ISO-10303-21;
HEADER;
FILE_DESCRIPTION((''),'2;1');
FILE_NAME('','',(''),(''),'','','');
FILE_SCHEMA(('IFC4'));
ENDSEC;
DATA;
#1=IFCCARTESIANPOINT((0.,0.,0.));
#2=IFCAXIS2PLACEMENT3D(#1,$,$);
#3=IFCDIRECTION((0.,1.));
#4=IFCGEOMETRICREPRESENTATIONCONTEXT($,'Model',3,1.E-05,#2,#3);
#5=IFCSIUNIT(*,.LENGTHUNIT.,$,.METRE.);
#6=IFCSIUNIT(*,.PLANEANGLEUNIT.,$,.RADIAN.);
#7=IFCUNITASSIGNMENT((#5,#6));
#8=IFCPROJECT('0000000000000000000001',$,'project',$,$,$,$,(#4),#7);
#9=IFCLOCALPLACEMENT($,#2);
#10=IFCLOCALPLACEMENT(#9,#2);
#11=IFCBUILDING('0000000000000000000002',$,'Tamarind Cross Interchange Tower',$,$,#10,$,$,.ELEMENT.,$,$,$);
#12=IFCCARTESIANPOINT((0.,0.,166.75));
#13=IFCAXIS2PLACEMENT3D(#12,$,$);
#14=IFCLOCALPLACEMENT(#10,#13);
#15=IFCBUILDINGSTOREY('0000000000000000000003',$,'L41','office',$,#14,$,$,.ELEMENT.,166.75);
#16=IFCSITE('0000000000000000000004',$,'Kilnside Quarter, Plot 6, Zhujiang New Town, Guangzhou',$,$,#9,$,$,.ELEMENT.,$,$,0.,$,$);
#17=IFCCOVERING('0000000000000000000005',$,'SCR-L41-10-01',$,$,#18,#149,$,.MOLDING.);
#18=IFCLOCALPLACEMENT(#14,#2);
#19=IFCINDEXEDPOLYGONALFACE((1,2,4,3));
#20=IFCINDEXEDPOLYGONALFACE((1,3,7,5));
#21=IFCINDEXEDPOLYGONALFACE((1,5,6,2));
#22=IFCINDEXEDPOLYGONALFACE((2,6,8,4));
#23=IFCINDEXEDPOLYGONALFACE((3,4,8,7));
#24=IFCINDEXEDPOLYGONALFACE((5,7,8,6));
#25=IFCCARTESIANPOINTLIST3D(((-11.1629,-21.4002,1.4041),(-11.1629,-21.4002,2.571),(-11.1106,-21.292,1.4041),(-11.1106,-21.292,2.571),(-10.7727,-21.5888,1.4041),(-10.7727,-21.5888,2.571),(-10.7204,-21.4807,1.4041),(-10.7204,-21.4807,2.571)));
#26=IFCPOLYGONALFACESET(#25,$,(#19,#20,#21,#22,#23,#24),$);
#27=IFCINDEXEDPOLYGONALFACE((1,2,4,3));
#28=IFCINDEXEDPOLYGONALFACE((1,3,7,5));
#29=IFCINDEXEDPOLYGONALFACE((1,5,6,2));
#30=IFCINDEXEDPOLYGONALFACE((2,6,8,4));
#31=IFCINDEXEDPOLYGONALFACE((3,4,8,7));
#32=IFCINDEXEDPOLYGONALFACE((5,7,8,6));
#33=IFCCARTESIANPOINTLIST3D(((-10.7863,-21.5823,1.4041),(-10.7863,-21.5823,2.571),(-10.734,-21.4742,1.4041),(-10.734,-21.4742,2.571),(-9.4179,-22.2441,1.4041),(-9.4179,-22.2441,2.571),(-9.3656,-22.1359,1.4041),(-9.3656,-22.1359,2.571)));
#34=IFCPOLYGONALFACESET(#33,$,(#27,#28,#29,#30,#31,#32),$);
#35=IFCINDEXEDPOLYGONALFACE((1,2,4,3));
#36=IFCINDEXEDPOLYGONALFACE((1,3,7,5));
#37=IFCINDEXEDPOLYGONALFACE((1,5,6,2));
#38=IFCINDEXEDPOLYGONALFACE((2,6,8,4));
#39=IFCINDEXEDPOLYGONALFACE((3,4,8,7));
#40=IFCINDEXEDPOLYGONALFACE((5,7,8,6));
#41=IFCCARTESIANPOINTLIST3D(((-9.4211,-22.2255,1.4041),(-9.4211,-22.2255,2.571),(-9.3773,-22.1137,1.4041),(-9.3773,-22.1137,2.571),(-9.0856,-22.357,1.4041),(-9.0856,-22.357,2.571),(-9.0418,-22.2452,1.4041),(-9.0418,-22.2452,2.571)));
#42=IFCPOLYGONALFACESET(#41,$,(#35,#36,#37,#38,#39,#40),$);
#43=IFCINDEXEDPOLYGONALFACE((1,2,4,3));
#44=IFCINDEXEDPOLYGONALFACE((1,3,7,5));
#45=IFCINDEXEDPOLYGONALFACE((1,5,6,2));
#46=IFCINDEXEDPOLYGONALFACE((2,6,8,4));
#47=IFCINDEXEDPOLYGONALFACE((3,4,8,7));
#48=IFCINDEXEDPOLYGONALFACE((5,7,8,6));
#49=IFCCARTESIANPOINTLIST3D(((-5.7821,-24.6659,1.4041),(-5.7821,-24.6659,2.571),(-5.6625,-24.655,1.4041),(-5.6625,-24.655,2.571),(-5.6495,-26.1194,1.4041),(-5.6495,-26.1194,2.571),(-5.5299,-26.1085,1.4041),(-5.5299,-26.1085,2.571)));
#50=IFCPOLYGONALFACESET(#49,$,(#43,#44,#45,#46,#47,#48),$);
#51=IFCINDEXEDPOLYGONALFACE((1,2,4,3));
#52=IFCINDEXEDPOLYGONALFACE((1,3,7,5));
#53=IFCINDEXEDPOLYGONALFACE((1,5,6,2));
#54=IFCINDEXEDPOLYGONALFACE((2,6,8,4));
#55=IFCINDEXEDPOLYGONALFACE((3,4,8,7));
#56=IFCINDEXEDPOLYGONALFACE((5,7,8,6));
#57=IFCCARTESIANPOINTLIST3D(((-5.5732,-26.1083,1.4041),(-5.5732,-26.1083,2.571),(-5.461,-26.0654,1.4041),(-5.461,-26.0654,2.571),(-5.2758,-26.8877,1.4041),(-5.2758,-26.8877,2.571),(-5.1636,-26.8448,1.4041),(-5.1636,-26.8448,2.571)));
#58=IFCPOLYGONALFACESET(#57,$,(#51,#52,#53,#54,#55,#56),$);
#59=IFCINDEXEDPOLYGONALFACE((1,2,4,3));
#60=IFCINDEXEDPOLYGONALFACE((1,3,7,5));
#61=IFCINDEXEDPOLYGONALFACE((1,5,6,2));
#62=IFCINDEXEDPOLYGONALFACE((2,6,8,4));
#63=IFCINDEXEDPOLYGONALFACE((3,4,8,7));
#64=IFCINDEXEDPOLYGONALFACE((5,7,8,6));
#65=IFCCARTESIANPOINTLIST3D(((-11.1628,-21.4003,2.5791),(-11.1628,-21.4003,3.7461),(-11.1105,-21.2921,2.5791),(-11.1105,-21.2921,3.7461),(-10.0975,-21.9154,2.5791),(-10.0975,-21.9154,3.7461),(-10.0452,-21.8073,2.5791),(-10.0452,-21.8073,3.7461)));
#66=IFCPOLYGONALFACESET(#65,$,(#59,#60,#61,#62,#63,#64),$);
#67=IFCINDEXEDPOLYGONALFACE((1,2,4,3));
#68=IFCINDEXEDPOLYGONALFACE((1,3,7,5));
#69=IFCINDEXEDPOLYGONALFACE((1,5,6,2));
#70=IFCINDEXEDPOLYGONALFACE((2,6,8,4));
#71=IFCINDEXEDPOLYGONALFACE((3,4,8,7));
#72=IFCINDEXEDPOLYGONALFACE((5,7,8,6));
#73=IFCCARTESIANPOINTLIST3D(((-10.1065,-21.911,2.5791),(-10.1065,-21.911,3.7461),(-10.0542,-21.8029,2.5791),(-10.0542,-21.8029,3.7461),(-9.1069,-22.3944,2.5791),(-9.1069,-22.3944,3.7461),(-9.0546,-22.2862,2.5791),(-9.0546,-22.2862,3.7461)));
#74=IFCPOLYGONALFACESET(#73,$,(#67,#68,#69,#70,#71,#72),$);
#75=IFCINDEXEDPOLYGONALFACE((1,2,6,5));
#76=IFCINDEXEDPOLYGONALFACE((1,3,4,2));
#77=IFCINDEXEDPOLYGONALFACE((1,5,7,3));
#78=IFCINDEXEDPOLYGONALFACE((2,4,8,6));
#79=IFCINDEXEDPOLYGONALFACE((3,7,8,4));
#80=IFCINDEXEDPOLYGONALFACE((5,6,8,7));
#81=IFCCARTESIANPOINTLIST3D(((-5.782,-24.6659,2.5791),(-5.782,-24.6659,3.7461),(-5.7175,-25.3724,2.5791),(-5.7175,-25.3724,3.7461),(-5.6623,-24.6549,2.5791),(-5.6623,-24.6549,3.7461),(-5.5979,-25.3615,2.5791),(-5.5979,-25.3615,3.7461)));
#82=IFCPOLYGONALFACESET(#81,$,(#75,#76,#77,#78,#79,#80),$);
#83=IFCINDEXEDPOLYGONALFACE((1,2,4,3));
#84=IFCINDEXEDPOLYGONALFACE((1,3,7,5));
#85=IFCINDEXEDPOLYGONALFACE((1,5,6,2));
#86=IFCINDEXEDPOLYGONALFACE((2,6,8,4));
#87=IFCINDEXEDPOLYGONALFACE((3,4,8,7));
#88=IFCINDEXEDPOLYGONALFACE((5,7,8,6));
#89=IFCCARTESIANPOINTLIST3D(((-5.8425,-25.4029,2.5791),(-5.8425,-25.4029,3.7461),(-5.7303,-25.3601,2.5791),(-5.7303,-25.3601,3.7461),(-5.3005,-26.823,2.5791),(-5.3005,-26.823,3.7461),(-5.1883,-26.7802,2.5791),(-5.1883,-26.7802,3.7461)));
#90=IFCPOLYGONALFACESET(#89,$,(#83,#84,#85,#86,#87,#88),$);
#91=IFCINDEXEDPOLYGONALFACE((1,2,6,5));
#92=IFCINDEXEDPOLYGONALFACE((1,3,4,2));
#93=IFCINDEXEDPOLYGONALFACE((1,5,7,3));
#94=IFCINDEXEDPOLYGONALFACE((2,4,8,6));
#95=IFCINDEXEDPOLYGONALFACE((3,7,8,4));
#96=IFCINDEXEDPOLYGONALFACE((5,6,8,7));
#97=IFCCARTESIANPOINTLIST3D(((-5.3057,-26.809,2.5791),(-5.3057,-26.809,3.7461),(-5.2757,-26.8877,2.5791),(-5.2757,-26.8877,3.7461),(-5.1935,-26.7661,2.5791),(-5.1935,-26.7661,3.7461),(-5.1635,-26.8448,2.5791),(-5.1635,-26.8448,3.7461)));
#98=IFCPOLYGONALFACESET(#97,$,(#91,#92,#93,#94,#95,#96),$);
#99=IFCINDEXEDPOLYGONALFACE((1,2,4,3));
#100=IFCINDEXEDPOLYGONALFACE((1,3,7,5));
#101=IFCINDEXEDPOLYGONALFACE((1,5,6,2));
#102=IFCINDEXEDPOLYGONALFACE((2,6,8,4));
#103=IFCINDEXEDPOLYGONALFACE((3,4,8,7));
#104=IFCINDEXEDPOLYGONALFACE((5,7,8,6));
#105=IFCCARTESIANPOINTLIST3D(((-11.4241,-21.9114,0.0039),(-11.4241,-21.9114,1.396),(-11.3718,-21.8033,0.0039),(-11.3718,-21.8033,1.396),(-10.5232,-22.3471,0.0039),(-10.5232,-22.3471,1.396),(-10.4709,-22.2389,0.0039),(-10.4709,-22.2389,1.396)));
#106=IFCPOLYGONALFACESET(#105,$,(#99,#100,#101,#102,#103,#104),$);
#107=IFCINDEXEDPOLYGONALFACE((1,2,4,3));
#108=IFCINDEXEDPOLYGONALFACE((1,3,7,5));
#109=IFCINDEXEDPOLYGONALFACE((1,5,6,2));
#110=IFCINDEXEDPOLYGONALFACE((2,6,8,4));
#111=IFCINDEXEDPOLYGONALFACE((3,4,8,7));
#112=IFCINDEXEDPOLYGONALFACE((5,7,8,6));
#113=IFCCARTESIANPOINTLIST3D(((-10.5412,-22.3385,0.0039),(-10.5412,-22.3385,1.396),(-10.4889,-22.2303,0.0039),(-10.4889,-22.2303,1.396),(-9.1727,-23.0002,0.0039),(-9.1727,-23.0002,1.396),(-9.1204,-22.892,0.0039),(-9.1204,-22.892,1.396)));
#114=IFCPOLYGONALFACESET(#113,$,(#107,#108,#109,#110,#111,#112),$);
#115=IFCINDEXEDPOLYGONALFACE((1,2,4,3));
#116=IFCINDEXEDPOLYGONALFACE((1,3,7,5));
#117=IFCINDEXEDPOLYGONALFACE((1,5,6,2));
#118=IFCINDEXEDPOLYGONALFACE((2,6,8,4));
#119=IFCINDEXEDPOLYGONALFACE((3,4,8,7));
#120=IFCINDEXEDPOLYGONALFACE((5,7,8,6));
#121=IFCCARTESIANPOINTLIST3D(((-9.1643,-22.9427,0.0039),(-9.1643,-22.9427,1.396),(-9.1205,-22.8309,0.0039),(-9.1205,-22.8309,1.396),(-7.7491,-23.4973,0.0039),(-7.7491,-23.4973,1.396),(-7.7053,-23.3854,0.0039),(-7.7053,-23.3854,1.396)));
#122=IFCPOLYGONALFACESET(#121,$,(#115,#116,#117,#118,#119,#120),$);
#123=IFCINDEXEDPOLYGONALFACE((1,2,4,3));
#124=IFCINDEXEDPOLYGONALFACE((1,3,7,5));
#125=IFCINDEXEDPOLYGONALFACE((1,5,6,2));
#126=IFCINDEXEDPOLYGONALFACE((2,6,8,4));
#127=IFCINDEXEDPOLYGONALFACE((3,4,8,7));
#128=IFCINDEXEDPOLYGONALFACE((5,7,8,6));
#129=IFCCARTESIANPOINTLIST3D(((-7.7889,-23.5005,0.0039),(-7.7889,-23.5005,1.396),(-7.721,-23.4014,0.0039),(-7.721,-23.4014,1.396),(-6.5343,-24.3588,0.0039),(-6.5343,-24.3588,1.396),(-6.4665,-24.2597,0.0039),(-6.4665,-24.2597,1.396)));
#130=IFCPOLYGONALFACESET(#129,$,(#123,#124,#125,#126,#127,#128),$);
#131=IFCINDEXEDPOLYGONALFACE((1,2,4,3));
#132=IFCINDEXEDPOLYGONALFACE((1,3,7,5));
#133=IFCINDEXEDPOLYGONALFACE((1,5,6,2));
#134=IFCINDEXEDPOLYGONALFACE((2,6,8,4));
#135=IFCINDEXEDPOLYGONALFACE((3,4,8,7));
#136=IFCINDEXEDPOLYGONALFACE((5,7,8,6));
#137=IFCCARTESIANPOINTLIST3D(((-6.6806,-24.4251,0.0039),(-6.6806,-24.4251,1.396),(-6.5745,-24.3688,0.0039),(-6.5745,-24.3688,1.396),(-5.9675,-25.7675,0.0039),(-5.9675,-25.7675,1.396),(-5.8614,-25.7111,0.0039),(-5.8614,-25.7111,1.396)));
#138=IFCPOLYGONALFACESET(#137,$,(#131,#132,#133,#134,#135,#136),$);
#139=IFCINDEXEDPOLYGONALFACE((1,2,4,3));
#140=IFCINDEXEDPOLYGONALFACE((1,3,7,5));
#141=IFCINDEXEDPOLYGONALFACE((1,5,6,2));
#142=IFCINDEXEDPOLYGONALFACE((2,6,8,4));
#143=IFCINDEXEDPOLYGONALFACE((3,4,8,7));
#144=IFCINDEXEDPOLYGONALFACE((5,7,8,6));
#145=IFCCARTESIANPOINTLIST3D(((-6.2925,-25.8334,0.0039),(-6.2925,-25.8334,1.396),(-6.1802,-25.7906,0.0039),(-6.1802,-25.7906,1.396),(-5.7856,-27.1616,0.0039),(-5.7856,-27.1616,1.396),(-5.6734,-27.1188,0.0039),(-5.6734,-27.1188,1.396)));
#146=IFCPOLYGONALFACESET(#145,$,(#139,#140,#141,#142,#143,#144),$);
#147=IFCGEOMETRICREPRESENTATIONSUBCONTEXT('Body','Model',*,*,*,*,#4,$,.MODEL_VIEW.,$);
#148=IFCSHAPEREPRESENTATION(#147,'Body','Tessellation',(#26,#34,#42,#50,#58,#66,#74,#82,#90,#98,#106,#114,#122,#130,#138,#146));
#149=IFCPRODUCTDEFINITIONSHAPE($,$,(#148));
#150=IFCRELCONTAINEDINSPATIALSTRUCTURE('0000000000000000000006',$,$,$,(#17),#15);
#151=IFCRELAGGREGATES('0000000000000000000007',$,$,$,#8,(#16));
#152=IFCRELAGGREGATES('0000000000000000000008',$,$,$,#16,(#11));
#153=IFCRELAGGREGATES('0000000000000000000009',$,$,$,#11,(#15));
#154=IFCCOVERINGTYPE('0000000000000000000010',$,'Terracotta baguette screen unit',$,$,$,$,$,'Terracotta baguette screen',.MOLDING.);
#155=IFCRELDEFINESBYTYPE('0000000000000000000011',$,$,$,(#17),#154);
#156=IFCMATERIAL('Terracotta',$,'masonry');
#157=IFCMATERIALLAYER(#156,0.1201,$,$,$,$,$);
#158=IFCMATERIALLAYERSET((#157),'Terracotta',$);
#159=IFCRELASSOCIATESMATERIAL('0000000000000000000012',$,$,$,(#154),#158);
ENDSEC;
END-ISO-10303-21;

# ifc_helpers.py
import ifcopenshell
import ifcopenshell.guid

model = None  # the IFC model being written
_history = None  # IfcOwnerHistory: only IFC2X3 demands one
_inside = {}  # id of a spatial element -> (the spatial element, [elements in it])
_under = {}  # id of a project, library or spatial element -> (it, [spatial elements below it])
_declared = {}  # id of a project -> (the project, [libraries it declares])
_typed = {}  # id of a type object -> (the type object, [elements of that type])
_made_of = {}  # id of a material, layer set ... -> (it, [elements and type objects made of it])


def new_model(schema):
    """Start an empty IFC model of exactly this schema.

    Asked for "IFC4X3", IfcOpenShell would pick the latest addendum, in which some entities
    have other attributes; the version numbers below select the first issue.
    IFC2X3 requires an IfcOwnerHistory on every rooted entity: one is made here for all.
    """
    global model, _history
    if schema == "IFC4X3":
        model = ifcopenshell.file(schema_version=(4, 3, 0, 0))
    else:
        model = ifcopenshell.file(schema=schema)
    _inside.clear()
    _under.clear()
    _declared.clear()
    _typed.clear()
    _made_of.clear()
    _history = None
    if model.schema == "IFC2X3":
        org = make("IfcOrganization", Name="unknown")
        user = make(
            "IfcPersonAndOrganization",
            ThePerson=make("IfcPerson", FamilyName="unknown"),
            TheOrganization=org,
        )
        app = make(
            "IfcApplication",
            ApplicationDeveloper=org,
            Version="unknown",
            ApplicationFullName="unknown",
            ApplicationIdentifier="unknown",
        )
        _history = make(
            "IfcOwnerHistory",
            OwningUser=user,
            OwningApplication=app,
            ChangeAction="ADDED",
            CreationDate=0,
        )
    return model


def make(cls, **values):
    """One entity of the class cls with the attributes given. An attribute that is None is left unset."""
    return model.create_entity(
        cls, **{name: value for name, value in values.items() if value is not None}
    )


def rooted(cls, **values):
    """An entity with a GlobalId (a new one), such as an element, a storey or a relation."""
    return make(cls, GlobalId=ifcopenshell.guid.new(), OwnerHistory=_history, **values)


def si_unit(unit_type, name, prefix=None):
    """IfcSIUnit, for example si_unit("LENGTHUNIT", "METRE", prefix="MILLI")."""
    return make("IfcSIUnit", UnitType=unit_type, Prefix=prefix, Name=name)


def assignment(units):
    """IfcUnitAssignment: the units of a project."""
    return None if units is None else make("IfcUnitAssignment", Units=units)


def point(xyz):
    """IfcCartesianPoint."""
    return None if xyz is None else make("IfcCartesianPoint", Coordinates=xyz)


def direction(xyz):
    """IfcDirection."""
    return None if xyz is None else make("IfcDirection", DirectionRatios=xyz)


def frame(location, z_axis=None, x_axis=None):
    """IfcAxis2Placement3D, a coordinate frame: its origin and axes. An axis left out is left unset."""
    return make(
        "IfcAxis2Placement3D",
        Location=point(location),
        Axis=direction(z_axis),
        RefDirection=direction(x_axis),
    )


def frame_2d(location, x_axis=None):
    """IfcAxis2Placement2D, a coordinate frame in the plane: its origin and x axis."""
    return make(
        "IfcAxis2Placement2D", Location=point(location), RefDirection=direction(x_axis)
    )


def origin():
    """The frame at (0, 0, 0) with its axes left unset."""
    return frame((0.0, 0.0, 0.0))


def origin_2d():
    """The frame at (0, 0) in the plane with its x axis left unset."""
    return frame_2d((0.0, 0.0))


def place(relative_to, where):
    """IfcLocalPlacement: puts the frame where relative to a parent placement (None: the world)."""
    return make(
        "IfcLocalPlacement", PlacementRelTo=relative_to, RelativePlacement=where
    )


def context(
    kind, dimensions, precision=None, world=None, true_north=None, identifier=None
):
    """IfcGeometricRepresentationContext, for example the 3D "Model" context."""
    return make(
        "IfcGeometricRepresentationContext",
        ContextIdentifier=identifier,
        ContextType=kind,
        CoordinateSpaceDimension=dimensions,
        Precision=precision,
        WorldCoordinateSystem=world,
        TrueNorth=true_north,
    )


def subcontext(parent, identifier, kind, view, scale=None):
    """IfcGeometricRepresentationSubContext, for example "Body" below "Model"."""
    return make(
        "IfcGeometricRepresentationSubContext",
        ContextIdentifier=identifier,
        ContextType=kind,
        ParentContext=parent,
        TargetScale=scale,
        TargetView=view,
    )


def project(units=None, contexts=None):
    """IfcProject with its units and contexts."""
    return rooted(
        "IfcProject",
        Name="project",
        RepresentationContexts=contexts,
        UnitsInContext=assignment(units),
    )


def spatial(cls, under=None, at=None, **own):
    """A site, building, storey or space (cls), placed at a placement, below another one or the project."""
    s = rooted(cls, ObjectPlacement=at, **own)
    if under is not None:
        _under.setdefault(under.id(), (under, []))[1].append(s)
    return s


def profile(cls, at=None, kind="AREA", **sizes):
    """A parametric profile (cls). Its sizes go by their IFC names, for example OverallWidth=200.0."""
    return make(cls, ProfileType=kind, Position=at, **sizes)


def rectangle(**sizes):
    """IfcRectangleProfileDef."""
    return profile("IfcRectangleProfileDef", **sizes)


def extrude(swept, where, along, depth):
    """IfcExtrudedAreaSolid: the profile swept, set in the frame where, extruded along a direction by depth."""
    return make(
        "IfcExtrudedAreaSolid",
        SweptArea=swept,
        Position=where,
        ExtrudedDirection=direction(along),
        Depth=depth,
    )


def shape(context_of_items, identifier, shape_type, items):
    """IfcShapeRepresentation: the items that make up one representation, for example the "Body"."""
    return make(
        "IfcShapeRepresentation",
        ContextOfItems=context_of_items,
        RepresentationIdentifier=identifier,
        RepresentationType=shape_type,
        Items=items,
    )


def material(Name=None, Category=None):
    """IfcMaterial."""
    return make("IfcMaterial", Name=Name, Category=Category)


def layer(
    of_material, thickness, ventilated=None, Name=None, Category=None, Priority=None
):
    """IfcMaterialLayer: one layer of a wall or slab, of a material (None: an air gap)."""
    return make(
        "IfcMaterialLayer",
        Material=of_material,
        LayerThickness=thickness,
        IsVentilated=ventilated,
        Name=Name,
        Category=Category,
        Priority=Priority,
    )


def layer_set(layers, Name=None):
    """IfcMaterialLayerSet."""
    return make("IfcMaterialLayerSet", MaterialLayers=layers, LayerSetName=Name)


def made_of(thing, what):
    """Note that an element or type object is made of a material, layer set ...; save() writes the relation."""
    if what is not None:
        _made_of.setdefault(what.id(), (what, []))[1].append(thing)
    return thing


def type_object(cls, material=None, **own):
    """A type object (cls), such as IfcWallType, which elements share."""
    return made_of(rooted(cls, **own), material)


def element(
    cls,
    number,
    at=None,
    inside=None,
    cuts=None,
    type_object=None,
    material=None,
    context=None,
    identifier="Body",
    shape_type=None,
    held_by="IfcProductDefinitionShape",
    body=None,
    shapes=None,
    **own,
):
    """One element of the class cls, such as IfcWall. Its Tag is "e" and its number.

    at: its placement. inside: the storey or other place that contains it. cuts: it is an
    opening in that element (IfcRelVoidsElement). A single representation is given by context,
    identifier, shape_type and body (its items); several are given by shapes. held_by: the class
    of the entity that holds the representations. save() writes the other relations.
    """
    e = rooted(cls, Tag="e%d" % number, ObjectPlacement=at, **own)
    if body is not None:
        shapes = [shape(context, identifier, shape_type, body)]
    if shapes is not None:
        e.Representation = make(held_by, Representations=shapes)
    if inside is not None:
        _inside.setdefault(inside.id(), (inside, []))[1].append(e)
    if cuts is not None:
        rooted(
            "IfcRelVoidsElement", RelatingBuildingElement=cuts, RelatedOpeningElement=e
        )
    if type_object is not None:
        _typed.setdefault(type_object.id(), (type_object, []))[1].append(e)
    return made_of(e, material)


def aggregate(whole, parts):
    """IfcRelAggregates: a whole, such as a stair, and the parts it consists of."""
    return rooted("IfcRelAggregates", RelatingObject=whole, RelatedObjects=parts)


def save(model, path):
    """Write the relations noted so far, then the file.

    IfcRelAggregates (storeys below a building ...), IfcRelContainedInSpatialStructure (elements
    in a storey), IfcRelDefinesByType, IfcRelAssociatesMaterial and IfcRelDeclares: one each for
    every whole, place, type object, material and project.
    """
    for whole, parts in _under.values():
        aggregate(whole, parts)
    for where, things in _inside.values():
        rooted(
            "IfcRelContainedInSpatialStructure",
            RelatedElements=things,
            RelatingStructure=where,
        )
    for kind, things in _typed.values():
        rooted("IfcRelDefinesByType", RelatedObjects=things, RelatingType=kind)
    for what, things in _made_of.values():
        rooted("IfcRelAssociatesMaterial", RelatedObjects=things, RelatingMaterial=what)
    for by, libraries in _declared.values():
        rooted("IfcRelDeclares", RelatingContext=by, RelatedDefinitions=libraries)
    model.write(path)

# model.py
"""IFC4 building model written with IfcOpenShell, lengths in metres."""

from ifc_helpers import new_model, si_unit, direction, frame, origin, origin_2d, place, context, subcontext, project, spatial, rectangle, extrude, material, layer, layer_set, type_object, element, save


model = new_model("IFC4")

# Units and contexts
model_context = context("Model", 3, precision=1e-05, world=origin(), true_north=direction((0.0, 1.0)))
body_context = subcontext(model_context, "Body", "Model", "MODEL_VIEW")
ifc_project = project(units=[si_unit("LENGTHUNIT", "METRE"), si_unit("PLANEANGLEUNIT", "RADIAN")], contexts=[model_context])

# Site, building, storey
site_placement = place(None, origin())
site = spatial("IfcSite", under=ifc_project, at=site_placement, Name="Kilnside Quarter, Plot 6, Zhujiang New Town, Guangzhou", CompositionType="ELEMENT", RefElevation=0.0)
building_placement = place(site_placement, origin())
building = spatial("IfcBuilding", under=site, at=building_placement, Name="Tamarind Cross Interchange Tower", CompositionType="ELEMENT")
storey_placement = place(building_placement, frame((0.0, 0.0, 166.75)))
storey = spatial("IfcBuildingStorey", under=building, at=storey_placement, Name="L41", Description="office", CompositionType="ELEMENT", Elevation=166.75)

# Covering
ifc_material_1 = material(Name="Terracotta", Category="masonry")
ifc_layer_1 = layer(ifc_material_1, 0.1201)
ifc_layer_set_1 = layer_set([ifc_layer_1], Name="Terracotta")
covering_type = type_object("IfcCoveringType", Name="Terracotta baguette screen unit", ElementType="Terracotta baguette screen", PredefinedType="MOLDING", material=ifc_layer_set_1)
covering_1_placement = place(storey_placement, origin())
element("IfcCovering", 1, at=covering_1_placement, inside=storey, type_object=covering_type, Name="SCR-L41-10-01", PredefinedType="MOLDING", context=body_context, shape_type="SweptSolid", body=[
    extrude(rectangle(XDim=0.4333, YDim=0.1201, at=origin_2d()), frame((-10.9417, -21.4404, 1.4041), z_axis=(0.0, 0.0, 1.0), x_axis=(0.900273, -0.435326, 0.0)), (0.0, 0.0, 1.0), 1.167),
    extrude(rectangle(XDim=1.52, YDim=0.1201, at=origin_2d()), frame((-10.0759, -21.8591, 1.4041), z_axis=(0.0, 0.0, 1.0), x_axis=(0.900273, -0.435326, 0.0)), (0.0, 0.0, 1.0), 1.167),
    extrude(rectangle(XDim=0.3604, YDim=0.1201, at=origin_2d()), frame((-9.2314, -22.2354, 1.4041), z_axis=(0.0, 0.0, 1.0), x_axis=(0.931068, -0.364846, 0.0)), (0.0, 0.0, 1.0), 1.167),
    extrude(rectangle(XDim=1.4595, YDim=0.1201, at=origin_2d()), frame((-5.656, -25.3872, 1.4041), z_axis=(0.0, 0.0, 1.0), x_axis=(0.090809, -0.995868, 0.0)), (0.0, 0.0, 1.0), 1.167),
    extrude(rectangle(XDim=0.8342, YDim=0.1201, at=origin_2d()), frame((-5.3684, -26.4766, 1.4041), z_axis=(0.0, 0.0, 1.0), x_axis=(0.35656, -0.934272, 0.0)), (0.0, 0.0, 1.0), 1.167),
    extrude(rectangle(XDim=1.1833, YDim=0.1201, at=origin_2d()), frame((-10.604, -21.6038, 2.5791), z_axis=(0.0, 0.0, 1.0), x_axis=(0.900273, -0.435326, 0.0)), (0.0, 0.0, 1.0), 1.167),
    extrude(rectangle(XDim=1.1104, YDim=0.1201, at=origin_2d()), frame((-9.5806, -22.0986, 2.5791), z_axis=(0.0, 0.0, 1.0), x_axis=(0.900273, -0.435326, 0.0)), (0.0, 0.0, 1.0), 1.167),
    extrude(rectangle(XDim=0.7095, YDim=0.1201, at=origin_2d()), frame((-5.6899, -25.0137, 2.5791), z_axis=(0.0, 0.0, 1.0), x_axis=(0.090809, -0.995868, 0.0)), (0.0, 0.0, 1.0), 1.167),
    extrude(rectangle(XDim=1.52, YDim=0.1201, at=origin_2d()), frame((-5.5154, -26.0916, 2.5791), z_axis=(0.0, 0.0, 1.0), x_axis=(0.35656, -0.934272, 0.0)), (0.0, 0.0, 1.0), 1.167),
    extrude(rectangle(XDim=0.0842, YDim=0.1201, at=origin_2d()), frame((-5.2346, -26.8269, 2.5791), z_axis=(0.0, 0.0, 1.0), x_axis=(0.35656, -0.934272, 0.0)), (0.0, 0.0, 1.0), 1.167),
    extrude(rectangle(XDim=1.0007, YDim=0.1201, at=origin_2d()), frame((-10.9475, -22.0752, 0.0039), z_axis=(0.0, 0.0, 1.0), x_axis=(0.900273, -0.435326, 0.0)), (0.0, 0.0, 1.0), 1.3921),
    extrude(rectangle(XDim=1.52, YDim=0.1201, at=origin_2d()), frame((-9.8308, -22.6152, 0.0039), z_axis=(0.0, 0.0, 1.0), x_axis=(0.900273, -0.435326, 0.0)), (0.0, 0.0, 1.0), 1.3921),
    extrude(rectangle(XDim=1.52, YDim=0.1201, at=origin_2d()), frame((-8.4348, -23.1641, 0.0039), z_axis=(0.0, 0.0, 1.0), x_axis=(0.931068, -0.364846, 0.0)), (0.0, 0.0, 1.0), 1.3921),
    extrude(rectangle(XDim=1.52, YDim=0.1201, at=origin_2d()), frame((-7.1277, -23.8801, 0.0039), z_axis=(0.0, 0.0, 1.0), x_axis=(0.825321, -0.564664, 0.0)), (0.0, 0.0, 1.0), 1.3921),
    extrude(rectangle(XDim=1.52, YDim=0.1201, at=origin_2d()), frame((-6.271, -25.0681, 0.0039), z_axis=(0.0, 0.0, 1.0), x_axis=(0.469143, -0.883122, 0.0)), (0.0, 0.0, 1.0), 1.3921),
    extrude(rectangle(XDim=1.4216, YDim=0.1201, at=origin_2d()), frame((-5.9829, -26.4761, 0.0039), z_axis=(0.0, 0.0, 1.0), x_axis=(0.35656, -0.934272, 0.0)), (0.0, 0.0, 1.0), 1.3921),
])

save(model, "model.ifc")
